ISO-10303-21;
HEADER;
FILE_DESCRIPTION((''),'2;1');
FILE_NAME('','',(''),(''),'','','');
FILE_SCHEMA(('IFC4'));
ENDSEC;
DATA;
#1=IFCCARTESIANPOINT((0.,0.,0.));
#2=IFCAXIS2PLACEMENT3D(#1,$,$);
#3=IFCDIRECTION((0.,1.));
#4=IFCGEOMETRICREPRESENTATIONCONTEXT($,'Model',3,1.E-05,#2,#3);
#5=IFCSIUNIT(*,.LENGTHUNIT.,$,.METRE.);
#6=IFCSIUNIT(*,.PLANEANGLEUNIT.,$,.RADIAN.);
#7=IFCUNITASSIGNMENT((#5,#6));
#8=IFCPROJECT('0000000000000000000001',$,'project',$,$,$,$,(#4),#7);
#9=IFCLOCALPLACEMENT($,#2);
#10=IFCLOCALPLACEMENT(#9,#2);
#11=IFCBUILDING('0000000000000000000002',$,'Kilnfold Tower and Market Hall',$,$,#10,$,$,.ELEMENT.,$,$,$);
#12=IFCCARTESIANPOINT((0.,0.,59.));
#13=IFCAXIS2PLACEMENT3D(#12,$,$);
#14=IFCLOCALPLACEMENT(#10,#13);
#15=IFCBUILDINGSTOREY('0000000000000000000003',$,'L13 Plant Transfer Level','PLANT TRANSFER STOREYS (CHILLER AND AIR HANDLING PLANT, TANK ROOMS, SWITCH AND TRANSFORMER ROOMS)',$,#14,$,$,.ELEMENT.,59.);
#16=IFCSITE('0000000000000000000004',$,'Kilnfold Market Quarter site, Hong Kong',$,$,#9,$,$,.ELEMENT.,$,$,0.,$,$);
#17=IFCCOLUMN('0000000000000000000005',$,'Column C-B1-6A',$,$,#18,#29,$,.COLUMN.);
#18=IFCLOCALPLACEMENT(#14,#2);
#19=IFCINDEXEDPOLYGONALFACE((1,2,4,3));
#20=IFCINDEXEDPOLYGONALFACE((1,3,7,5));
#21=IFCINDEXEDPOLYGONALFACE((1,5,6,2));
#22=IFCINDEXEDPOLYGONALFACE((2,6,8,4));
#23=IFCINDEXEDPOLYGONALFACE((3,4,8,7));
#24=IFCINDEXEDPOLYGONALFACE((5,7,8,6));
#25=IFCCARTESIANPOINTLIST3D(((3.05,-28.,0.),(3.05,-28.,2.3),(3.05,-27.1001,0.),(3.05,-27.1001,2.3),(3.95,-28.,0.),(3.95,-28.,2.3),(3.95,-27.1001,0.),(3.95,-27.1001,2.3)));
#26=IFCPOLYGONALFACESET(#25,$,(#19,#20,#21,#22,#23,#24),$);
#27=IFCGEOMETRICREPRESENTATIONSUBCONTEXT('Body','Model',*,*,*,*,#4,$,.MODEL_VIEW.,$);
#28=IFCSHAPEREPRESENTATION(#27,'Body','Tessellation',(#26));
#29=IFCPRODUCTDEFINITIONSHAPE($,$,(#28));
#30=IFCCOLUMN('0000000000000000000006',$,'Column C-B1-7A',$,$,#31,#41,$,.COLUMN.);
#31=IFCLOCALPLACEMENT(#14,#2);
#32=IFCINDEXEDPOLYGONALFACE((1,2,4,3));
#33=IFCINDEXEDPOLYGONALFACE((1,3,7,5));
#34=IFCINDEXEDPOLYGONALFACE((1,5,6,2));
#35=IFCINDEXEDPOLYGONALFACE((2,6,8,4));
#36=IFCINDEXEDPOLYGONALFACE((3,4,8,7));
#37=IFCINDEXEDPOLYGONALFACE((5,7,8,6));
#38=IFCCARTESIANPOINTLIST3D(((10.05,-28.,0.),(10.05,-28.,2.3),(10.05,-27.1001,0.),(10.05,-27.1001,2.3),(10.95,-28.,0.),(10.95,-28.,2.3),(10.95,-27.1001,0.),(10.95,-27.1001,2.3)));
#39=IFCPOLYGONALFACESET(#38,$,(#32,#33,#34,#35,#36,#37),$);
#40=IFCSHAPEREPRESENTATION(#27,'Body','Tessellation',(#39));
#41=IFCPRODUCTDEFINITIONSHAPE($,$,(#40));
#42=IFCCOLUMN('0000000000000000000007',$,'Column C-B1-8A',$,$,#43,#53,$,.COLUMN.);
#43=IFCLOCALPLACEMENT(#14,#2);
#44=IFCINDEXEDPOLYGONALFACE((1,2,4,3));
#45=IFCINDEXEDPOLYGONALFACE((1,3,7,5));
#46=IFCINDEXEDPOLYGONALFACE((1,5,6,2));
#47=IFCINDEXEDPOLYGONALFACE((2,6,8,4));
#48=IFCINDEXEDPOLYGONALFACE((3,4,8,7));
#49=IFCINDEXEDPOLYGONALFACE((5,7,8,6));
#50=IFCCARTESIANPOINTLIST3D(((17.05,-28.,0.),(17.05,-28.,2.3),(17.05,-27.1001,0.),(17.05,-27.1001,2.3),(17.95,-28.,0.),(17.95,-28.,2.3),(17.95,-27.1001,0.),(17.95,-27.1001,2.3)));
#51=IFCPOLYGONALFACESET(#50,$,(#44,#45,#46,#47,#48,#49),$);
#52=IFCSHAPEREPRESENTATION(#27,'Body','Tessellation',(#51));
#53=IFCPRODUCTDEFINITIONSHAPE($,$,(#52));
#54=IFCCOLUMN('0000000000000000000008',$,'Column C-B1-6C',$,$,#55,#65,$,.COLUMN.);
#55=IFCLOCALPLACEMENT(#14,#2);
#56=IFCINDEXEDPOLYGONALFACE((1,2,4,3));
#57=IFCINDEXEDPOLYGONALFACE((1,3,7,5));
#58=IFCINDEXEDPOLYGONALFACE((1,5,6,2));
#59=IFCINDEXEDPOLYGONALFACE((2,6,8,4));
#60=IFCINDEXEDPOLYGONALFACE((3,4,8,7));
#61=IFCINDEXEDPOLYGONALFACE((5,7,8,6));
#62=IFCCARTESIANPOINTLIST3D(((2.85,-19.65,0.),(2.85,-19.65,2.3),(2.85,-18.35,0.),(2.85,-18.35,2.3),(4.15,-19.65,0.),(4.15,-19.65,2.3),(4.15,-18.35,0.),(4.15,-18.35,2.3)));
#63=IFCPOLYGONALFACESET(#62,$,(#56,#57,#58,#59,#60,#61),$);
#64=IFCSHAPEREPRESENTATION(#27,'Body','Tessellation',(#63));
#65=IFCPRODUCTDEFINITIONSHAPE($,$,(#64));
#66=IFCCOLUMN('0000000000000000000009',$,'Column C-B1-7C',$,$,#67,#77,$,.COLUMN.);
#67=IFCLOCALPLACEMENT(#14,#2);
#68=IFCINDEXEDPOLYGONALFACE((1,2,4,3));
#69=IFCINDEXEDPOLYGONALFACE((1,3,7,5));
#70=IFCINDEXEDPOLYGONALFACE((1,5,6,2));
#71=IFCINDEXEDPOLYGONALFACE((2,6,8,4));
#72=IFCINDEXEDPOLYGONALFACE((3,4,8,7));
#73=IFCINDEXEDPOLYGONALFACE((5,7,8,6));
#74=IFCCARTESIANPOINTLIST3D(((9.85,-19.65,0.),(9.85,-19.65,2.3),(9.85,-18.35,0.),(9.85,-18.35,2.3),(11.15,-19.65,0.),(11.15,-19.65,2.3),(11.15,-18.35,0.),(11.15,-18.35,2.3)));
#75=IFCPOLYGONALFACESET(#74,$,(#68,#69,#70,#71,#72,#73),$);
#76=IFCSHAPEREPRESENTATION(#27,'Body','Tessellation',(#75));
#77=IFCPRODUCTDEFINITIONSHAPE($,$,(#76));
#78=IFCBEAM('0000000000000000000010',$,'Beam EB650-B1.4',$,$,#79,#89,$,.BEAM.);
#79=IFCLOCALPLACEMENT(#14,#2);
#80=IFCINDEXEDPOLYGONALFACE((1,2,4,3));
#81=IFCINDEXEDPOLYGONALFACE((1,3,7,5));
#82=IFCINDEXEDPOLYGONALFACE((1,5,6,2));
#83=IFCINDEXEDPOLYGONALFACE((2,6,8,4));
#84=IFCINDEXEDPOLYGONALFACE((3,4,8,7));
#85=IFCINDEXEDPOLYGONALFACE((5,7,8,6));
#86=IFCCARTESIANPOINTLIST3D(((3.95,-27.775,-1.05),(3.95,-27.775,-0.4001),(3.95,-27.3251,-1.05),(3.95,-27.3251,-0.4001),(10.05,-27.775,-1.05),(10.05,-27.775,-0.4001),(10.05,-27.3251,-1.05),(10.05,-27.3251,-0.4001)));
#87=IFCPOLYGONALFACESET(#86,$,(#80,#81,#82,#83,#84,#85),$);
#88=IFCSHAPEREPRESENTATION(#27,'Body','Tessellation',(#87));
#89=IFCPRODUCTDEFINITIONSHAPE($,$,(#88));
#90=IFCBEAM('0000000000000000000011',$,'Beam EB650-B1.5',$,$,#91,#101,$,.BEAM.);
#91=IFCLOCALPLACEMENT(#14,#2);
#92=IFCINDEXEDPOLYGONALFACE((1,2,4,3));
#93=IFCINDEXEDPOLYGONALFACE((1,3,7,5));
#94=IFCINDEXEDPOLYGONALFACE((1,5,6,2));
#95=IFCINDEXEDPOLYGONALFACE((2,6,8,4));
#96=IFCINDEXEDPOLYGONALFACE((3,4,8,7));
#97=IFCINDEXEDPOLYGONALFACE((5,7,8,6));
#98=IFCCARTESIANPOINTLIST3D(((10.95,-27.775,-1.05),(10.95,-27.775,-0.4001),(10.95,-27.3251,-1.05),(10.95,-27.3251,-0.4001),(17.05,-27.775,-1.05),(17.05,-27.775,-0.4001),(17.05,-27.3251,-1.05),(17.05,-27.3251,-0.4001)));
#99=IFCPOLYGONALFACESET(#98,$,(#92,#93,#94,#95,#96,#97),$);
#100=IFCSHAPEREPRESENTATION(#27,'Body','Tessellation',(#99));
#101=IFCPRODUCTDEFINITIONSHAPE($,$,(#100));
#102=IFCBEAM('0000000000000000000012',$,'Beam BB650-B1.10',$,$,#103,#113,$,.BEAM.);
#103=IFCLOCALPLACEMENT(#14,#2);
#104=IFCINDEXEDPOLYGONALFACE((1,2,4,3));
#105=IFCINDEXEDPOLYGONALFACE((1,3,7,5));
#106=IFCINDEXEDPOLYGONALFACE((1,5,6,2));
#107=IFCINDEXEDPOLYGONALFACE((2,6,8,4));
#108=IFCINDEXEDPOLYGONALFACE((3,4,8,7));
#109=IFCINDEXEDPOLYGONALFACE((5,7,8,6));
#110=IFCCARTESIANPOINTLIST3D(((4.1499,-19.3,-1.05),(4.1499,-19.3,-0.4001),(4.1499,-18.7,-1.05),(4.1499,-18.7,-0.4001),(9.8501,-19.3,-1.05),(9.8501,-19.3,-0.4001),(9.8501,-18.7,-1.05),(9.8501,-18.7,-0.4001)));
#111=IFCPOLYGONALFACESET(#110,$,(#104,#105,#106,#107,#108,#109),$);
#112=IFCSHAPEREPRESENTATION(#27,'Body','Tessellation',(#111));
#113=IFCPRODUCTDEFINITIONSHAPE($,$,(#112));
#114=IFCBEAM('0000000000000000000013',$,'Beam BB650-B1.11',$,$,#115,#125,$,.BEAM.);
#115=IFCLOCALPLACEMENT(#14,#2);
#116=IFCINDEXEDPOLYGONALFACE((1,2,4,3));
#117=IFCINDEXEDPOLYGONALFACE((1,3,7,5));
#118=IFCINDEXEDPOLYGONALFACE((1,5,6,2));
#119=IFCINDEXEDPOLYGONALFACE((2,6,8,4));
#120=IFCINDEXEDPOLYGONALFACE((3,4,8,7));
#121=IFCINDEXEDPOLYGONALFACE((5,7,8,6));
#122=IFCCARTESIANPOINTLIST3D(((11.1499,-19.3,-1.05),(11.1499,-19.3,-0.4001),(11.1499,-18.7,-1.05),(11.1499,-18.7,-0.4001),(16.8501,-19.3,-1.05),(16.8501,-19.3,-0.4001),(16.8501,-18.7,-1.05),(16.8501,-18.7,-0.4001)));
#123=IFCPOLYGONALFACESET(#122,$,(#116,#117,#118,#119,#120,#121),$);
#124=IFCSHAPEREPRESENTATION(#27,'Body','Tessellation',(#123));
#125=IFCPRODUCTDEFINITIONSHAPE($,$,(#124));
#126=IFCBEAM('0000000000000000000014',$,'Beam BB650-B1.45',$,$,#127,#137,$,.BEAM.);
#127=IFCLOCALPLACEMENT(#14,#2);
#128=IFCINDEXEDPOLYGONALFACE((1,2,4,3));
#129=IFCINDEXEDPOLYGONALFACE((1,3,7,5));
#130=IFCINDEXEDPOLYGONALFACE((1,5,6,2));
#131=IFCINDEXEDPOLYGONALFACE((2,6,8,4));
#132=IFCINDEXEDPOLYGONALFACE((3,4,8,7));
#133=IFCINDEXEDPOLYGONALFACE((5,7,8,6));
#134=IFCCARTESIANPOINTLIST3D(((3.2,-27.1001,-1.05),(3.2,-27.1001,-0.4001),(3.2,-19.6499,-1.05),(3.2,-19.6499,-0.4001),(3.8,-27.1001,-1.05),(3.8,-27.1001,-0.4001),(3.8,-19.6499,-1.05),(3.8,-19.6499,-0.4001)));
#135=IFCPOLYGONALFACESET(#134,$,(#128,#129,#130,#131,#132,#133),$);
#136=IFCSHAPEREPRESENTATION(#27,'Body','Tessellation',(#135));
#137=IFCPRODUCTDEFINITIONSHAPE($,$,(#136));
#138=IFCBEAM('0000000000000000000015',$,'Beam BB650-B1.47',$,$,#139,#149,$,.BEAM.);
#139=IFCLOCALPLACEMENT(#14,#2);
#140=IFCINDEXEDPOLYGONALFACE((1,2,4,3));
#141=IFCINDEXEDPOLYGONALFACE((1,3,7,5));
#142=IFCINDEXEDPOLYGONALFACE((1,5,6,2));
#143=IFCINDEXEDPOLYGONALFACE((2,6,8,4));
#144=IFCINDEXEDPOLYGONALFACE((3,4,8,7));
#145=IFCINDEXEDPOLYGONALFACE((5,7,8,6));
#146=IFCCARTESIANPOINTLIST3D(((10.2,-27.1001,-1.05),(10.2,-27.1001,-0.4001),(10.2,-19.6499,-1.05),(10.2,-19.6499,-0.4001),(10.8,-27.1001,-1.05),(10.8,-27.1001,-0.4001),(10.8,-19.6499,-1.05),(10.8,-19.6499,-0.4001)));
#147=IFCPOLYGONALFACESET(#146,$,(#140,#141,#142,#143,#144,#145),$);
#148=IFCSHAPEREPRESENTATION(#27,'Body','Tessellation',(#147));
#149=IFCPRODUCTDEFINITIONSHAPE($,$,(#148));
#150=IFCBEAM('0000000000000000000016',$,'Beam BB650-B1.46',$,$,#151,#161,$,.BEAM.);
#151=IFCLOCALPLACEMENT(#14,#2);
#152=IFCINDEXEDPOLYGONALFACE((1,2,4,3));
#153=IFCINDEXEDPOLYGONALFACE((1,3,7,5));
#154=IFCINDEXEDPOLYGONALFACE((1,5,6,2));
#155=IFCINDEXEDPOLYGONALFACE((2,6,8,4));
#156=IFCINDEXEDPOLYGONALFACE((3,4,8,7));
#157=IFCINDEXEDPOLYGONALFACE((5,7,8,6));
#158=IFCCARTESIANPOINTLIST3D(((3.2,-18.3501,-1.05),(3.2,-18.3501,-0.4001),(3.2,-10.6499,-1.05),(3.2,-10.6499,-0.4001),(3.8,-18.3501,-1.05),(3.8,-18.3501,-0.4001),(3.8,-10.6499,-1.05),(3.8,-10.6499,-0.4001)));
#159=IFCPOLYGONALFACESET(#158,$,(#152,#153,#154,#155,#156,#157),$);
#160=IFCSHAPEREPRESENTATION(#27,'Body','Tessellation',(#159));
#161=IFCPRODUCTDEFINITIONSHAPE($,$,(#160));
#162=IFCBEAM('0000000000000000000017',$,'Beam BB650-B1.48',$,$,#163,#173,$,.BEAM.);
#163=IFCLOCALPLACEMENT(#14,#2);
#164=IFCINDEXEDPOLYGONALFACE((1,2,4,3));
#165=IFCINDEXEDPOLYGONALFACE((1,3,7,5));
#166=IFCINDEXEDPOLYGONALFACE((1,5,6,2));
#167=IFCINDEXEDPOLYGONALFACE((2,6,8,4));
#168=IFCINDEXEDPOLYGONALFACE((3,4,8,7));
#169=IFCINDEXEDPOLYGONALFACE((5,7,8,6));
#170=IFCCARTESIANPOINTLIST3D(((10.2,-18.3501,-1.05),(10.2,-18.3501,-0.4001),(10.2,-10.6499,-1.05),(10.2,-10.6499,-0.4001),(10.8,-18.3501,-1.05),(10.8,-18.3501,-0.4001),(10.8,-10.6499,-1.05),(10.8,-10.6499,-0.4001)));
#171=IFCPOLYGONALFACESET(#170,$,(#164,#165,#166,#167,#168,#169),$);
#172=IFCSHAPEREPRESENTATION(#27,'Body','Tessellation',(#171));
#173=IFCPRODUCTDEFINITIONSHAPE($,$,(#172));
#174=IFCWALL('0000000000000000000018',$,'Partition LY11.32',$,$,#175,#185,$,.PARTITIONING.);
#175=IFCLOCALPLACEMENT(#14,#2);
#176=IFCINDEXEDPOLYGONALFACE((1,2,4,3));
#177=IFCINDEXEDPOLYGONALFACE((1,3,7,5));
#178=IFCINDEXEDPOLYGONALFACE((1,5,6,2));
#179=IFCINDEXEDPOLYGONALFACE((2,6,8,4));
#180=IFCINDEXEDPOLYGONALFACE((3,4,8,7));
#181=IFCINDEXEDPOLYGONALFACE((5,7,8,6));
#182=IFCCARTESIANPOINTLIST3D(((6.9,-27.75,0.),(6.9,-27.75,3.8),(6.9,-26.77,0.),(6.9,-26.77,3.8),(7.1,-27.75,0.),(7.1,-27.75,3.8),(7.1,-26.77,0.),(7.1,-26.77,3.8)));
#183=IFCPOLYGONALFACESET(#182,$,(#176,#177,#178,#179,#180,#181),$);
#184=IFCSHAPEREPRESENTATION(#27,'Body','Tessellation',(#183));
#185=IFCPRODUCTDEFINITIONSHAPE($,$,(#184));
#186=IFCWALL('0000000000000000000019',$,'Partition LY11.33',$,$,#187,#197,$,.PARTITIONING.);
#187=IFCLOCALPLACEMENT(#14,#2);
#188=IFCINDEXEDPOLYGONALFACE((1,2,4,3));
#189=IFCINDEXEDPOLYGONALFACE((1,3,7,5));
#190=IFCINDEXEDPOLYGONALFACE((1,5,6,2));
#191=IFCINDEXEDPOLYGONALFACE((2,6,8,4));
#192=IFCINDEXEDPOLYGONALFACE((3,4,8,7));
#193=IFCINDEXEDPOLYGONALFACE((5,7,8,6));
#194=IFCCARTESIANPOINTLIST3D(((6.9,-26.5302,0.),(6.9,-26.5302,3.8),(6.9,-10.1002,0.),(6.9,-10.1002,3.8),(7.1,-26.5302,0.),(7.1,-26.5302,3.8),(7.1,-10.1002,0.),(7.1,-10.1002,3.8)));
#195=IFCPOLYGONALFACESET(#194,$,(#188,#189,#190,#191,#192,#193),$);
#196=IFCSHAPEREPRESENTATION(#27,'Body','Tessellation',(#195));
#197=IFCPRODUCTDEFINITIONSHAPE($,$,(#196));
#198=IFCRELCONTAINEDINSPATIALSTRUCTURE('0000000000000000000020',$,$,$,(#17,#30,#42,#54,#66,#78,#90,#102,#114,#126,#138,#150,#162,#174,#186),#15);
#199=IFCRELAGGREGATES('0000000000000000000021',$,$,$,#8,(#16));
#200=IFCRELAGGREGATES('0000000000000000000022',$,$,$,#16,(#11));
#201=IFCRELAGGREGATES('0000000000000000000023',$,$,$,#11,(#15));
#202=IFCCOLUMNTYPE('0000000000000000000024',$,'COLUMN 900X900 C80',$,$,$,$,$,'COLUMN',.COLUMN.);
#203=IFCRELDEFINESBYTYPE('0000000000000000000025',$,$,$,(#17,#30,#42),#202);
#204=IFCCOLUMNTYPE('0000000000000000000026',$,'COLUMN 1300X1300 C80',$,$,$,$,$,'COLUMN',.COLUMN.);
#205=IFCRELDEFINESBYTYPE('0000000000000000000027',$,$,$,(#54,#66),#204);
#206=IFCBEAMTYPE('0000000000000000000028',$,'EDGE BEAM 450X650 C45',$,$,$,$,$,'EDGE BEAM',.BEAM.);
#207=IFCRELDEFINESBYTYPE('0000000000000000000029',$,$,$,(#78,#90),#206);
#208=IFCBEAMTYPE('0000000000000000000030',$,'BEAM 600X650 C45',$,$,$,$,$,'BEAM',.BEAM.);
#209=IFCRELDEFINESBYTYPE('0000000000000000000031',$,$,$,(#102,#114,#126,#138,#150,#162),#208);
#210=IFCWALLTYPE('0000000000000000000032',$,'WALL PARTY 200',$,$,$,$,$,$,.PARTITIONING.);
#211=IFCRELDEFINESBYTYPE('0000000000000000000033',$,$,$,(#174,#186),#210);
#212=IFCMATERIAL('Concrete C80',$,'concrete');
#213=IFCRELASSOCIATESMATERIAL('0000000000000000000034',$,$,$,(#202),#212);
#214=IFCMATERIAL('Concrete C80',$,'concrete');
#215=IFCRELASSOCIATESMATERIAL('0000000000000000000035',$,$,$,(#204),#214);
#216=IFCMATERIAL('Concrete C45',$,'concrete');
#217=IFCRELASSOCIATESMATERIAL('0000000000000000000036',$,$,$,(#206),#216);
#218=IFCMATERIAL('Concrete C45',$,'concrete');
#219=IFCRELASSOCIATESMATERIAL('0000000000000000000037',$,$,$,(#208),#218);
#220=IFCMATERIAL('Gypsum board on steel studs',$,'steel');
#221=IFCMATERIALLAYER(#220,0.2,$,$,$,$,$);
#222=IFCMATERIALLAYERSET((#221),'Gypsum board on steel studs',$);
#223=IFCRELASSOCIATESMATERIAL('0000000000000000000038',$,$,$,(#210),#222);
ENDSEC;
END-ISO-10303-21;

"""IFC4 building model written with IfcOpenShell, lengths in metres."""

from ifc_helpers import new_model, si_unit, direction, frame, frame_2d, origin, origin_2d, place, context, subcontext, project, spatial, rectangle, extrude, source, transform, mapped, material, layer, layer_set, material_profile, profile_set, type_object, element, save


model = new_model("IFC4")

# Units and contexts
model_context = context("Model", 3, precision=1e-05, world=origin(), true_north=direction((0.0, 1.0)))
body_context = subcontext(model_context, "Body", "Model", "MODEL_VIEW")
ifc_project = project(units=[si_unit("LENGTHUNIT", "METRE"), si_unit("PLANEANGLEUNIT", "RADIAN")], contexts=[model_context])

# Site, building, storey
site_placement = place(None, origin())
site = spatial("IfcSite", under=ifc_project, at=site_placement, Name="Kilnfold Market Quarter site, Hong Kong", CompositionType="ELEMENT", RefElevation=0.0)
building_placement = place(site_placement, origin())
building = spatial("IfcBuilding", under=site, at=building_placement, Name="Kilnfold Tower and Market Hall", CompositionType="ELEMENT")
storey_placement = place(building_placement, frame((0.0, 0.0, 59.0)))
storey = spatial("IfcBuildingStorey", under=building, at=storey_placement, Name="L13 Plant Transfer Level", Description="PLANT TRANSFER STOREYS (CHILLER AND AIR HANDLING PLANT, TANK ROOMS, SWITCH AND TRANSFORMER ROOMS)", CompositionType="ELEMENT", Elevation=59.0)

# Columns
ifc_material_1 = material(Name="Concrete C80", Category="concrete")
ifc_material_profile_1 = material_profile(ifc_material_1, rectangle(XDim=0.8999, YDim=0.8999, at=origin_2d()), Name="RC 900x900")
ifc_profile_set_1 = profile_set([ifc_material_profile_1], Name="Concrete C80")
column_type_1 = type_object("IfcColumnType", Name="COLUMN 900X900 C80", ElementType="COLUMN", PredefinedType="COLUMN", material=ifc_profile_set_1)
shared_shape_1 = source(origin(), body_context, "Body", "SweptSolid", [
    extrude(rectangle(XDim=0.8999, YDim=0.8999, at=origin_2d()), origin(), (0.0, 0.0, 1.0), 2.3),
])
for number, where, z_axis, x_axis, name in (
    (1, (3.5, -27.55, 0.0), (0.0, 0.0, 1.0), (1.0, 0.0, 0.0), "Column C-B1-6A"),
    (2, (10.5, -27.55, 0.0), (0.0, 0.0, 1.0), (1.0, 0.0, 0.0), "Column C-B1-7A"),
    (3, (17.5, -27.55, 0.0), (0.0, 0.0, 1.0), (1.0, 0.0, 0.0), "Column C-B1-8A"),
):
    element("IfcColumn", number, at=place(storey_placement, frame(where, z_axis=z_axis, x_axis=x_axis)), inside=storey, type_object=column_type_1, Name=name, PredefinedType="COLUMN", context=body_context, shape_type="MappedRepresentation", body=[
        mapped(shared_shape_1, transform((0.0, 0.0, 0.0))),
    ])
ifc_material_2 = material(Name="Concrete C80", Category="concrete")
ifc_material_profile_2 = material_profile(ifc_material_2, rectangle(XDim=1.3, YDim=1.3, at=origin_2d()), Name="RC 1300x1300")
ifc_profile_set_2 = profile_set([ifc_material_profile_2], Name="Concrete C80")
column_type_2 = type_object("IfcColumnType", Name="COLUMN 1300X1300 C80", ElementType="COLUMN", PredefinedType="COLUMN", material=ifc_profile_set_2)
shared_shape_2 = source(origin(), body_context, "Body", "SweptSolid", [
    extrude(rectangle(XDim=1.3, YDim=1.3, at=origin_2d()), origin(), (0.0, 0.0, 1.0), 2.3),
])
for number, where, z_axis, x_axis, name in (
    (4, (3.5, -19.0, 0.0), (0.0, 0.0, 1.0), (1.0, 0.0, 0.0), "Column C-B1-6C"),
    (5, (10.5, -19.0, 0.0), (0.0, 0.0, 1.0), (1.0, 0.0, 0.0), "Column C-B1-7C"),
):
    element("IfcColumn", number, at=place(storey_placement, frame(where, z_axis=z_axis, x_axis=x_axis)), inside=storey, type_object=column_type_2, Name=name, PredefinedType="COLUMN", context=body_context, shape_type="MappedRepresentation", body=[
        mapped(shared_shape_2, transform((0.0, 0.0, 0.0))),
    ])

# Beams
ifc_material_3 = material(Name="Concrete C45", Category="concrete")
ifc_material_profile_3 = material_profile(ifc_material_3, rectangle(XDim=0.45, YDim=0.6499, at=origin_2d()), Name="RC 450x650")
ifc_profile_set_3 = profile_set([ifc_material_profile_3], Name="Concrete C45")
beam_type_1 = type_object("IfcBeamType", Name="EDGE BEAM 450X650 C45", ElementType="EDGE BEAM", PredefinedType="BEAM", material=ifc_profile_set_3)
shared_shape_3 = source(origin(), body_context, "Body", "SweptSolid", [
    extrude(rectangle(XDim=0.45, YDim=0.6499, at=origin_2d()), origin(), (0.0, 0.0, 1.0), 6.1001),
])
for number, where, z_axis, x_axis, name in (
    (6, (3.95, -27.55, -0.7251), (1.0, 0.0, 0.0), (0.0, 1.0, 0.0), "Beam EB650-B1.4"),
    (7, (10.95, -27.55, -0.7251), (1.0, 0.0, 0.0), (0.0, 1.0, 0.0), "Beam EB650-B1.5"),
):
    element("IfcBeam", number, at=place(storey_placement, frame(where, z_axis=z_axis, x_axis=x_axis)), inside=storey, type_object=beam_type_1, Name=name, PredefinedType="BEAM", context=body_context, shape_type="MappedRepresentation", body=[
        mapped(shared_shape_3, transform((0.0, 0.0, 0.0))),
    ])
ifc_material_4 = material(Name="Concrete C45", Category="concrete")
ifc_material_profile_4 = material_profile(ifc_material_4, rectangle(XDim=0.6001, YDim=0.6499, at=origin_2d()), Name="RC 600x650")
ifc_profile_set_4 = profile_set([ifc_material_profile_4], Name="Concrete C45")
beam_type_2 = type_object("IfcBeamType", Name="BEAM 600X650 C45", ElementType="BEAM", PredefinedType="BEAM", material=ifc_profile_set_4)
shared_shape_4 = source(origin(), body_context, "Body", "SweptSolid", [
    extrude(rectangle(XDim=0.6001, YDim=0.6499, at=origin_2d()), origin(), (0.0, 0.0, 1.0), 5.7002),
])
for number, where, z_axis, x_axis, name in (
    (8, (4.1499, -19.0, -0.7251), (1.0, 0.0, 0.0), (0.0, 1.0, 0.0), "Beam BB650-B1.10"),
    (9, (11.1499, -19.0, -0.7251), (1.0, 0.0, 0.0), (0.0, 1.0, 0.0), "Beam BB650-B1.11"),
):
    element("IfcBeam", number, at=place(storey_placement, frame(where, z_axis=z_axis, x_axis=x_axis)), inside=storey, type_object=beam_type_2, Name=name, PredefinedType="BEAM", context=body_context, shape_type="MappedRepresentation", body=[
        mapped(shared_shape_4, transform((0.0, 0.0, 0.0))),
    ])
shared_shape_5 = source(origin(), body_context, "Body", "SweptSolid", [
    extrude(rectangle(XDim=0.6001, YDim=0.6499, at=origin_2d()), origin(), (0.0, 0.0, 1.0), 7.4502),
])
for number, where, z_axis, x_axis, name in (
    (10, (3.5, -27.1001, -0.7251), (0.0, 1.0, 0.0), (-1.0, 0.0, 0.0), "Beam BB650-B1.45"),
    (11, (10.5, -27.1001, -0.7251), (0.0, 1.0, 0.0), (-1.0, 0.0, 0.0), "Beam BB650-B1.47"),
):
    element("IfcBeam", number, at=place(storey_placement, frame(where, z_axis=z_axis, x_axis=x_axis)), inside=storey, type_object=beam_type_2, Name=name, PredefinedType="BEAM", context=body_context, shape_type="MappedRepresentation", body=[
        mapped(shared_shape_5, transform((0.0, 0.0, 0.0))),
    ])
shared_shape_6 = source(origin(), body_context, "Body", "SweptSolid", [
    extrude(rectangle(XDim=0.6001, YDim=0.6499, at=origin_2d()), origin(), (0.0, 0.0, 1.0), 7.7002),
])
for number, where, z_axis, x_axis, name in (
    (12, (3.5, -18.3501, -0.7251), (0.0, 1.0, 0.0), (-1.0, 0.0, 0.0), "Beam BB650-B1.46"),
    (13, (10.5, -18.3501, -0.7251), (0.0, 1.0, 0.0), (-1.0, 0.0, 0.0), "Beam BB650-B1.48"),
):
    element("IfcBeam", number, at=place(storey_placement, frame(where, z_axis=z_axis, x_axis=x_axis)), inside=storey, type_object=beam_type_2, Name=name, PredefinedType="BEAM", context=body_context, shape_type="MappedRepresentation", body=[
        mapped(shared_shape_6, transform((0.0, 0.0, 0.0))),
    ])

# Walls
ifc_material_5 = material(Name="Gypsum board on steel studs", Category="steel")
ifc_layer_1 = layer(ifc_material_5, 0.2)
ifc_layer_set_1 = layer_set([ifc_layer_1], Name="Gypsum board on steel studs")
wall_type_1 = type_object("IfcWallType", Name="WALL PARTY 200", PredefinedType="PARTITIONING", material=ifc_layer_set_1)
wall_1_placement = place(storey_placement, frame((7.0, -27.75, 0.0), z_axis=(0.0, 0.0, 1.0), x_axis=(0.0, 1.0, 0.0)))
element("IfcWall", 14, at=wall_1_placement, inside=storey, type_object=wall_type_1, Name="Partition LY11.32", PredefinedType="PARTITIONING", context=body_context, shape_type="SweptSolid", body=[
    extrude(rectangle(XDim=0.98, YDim=0.2, at=frame_2d((0.49, 0.0))), origin(), (0.0, 0.0, 1.0), 3.8),
])
wall_2_placement = place(storey_placement, frame((7.0, -26.53, 0.0), z_axis=(0.0, 0.0, 1.0), x_axis=(0.0, 1.0, 0.0)))
element("IfcWall", 15, at=wall_2_placement, inside=storey, type_object=wall_type_1, Name="Partition LY11.33", PredefinedType="PARTITIONING", context=body_context, shape_type="SweptSolid", body=[
    extrude(rectangle(XDim=16.4299, YDim=0.2, at=frame_2d((8.2148, 0.0))), origin(), (0.0, 0.0, 1.0), 3.8),
])

save(model, "model.ifc")
